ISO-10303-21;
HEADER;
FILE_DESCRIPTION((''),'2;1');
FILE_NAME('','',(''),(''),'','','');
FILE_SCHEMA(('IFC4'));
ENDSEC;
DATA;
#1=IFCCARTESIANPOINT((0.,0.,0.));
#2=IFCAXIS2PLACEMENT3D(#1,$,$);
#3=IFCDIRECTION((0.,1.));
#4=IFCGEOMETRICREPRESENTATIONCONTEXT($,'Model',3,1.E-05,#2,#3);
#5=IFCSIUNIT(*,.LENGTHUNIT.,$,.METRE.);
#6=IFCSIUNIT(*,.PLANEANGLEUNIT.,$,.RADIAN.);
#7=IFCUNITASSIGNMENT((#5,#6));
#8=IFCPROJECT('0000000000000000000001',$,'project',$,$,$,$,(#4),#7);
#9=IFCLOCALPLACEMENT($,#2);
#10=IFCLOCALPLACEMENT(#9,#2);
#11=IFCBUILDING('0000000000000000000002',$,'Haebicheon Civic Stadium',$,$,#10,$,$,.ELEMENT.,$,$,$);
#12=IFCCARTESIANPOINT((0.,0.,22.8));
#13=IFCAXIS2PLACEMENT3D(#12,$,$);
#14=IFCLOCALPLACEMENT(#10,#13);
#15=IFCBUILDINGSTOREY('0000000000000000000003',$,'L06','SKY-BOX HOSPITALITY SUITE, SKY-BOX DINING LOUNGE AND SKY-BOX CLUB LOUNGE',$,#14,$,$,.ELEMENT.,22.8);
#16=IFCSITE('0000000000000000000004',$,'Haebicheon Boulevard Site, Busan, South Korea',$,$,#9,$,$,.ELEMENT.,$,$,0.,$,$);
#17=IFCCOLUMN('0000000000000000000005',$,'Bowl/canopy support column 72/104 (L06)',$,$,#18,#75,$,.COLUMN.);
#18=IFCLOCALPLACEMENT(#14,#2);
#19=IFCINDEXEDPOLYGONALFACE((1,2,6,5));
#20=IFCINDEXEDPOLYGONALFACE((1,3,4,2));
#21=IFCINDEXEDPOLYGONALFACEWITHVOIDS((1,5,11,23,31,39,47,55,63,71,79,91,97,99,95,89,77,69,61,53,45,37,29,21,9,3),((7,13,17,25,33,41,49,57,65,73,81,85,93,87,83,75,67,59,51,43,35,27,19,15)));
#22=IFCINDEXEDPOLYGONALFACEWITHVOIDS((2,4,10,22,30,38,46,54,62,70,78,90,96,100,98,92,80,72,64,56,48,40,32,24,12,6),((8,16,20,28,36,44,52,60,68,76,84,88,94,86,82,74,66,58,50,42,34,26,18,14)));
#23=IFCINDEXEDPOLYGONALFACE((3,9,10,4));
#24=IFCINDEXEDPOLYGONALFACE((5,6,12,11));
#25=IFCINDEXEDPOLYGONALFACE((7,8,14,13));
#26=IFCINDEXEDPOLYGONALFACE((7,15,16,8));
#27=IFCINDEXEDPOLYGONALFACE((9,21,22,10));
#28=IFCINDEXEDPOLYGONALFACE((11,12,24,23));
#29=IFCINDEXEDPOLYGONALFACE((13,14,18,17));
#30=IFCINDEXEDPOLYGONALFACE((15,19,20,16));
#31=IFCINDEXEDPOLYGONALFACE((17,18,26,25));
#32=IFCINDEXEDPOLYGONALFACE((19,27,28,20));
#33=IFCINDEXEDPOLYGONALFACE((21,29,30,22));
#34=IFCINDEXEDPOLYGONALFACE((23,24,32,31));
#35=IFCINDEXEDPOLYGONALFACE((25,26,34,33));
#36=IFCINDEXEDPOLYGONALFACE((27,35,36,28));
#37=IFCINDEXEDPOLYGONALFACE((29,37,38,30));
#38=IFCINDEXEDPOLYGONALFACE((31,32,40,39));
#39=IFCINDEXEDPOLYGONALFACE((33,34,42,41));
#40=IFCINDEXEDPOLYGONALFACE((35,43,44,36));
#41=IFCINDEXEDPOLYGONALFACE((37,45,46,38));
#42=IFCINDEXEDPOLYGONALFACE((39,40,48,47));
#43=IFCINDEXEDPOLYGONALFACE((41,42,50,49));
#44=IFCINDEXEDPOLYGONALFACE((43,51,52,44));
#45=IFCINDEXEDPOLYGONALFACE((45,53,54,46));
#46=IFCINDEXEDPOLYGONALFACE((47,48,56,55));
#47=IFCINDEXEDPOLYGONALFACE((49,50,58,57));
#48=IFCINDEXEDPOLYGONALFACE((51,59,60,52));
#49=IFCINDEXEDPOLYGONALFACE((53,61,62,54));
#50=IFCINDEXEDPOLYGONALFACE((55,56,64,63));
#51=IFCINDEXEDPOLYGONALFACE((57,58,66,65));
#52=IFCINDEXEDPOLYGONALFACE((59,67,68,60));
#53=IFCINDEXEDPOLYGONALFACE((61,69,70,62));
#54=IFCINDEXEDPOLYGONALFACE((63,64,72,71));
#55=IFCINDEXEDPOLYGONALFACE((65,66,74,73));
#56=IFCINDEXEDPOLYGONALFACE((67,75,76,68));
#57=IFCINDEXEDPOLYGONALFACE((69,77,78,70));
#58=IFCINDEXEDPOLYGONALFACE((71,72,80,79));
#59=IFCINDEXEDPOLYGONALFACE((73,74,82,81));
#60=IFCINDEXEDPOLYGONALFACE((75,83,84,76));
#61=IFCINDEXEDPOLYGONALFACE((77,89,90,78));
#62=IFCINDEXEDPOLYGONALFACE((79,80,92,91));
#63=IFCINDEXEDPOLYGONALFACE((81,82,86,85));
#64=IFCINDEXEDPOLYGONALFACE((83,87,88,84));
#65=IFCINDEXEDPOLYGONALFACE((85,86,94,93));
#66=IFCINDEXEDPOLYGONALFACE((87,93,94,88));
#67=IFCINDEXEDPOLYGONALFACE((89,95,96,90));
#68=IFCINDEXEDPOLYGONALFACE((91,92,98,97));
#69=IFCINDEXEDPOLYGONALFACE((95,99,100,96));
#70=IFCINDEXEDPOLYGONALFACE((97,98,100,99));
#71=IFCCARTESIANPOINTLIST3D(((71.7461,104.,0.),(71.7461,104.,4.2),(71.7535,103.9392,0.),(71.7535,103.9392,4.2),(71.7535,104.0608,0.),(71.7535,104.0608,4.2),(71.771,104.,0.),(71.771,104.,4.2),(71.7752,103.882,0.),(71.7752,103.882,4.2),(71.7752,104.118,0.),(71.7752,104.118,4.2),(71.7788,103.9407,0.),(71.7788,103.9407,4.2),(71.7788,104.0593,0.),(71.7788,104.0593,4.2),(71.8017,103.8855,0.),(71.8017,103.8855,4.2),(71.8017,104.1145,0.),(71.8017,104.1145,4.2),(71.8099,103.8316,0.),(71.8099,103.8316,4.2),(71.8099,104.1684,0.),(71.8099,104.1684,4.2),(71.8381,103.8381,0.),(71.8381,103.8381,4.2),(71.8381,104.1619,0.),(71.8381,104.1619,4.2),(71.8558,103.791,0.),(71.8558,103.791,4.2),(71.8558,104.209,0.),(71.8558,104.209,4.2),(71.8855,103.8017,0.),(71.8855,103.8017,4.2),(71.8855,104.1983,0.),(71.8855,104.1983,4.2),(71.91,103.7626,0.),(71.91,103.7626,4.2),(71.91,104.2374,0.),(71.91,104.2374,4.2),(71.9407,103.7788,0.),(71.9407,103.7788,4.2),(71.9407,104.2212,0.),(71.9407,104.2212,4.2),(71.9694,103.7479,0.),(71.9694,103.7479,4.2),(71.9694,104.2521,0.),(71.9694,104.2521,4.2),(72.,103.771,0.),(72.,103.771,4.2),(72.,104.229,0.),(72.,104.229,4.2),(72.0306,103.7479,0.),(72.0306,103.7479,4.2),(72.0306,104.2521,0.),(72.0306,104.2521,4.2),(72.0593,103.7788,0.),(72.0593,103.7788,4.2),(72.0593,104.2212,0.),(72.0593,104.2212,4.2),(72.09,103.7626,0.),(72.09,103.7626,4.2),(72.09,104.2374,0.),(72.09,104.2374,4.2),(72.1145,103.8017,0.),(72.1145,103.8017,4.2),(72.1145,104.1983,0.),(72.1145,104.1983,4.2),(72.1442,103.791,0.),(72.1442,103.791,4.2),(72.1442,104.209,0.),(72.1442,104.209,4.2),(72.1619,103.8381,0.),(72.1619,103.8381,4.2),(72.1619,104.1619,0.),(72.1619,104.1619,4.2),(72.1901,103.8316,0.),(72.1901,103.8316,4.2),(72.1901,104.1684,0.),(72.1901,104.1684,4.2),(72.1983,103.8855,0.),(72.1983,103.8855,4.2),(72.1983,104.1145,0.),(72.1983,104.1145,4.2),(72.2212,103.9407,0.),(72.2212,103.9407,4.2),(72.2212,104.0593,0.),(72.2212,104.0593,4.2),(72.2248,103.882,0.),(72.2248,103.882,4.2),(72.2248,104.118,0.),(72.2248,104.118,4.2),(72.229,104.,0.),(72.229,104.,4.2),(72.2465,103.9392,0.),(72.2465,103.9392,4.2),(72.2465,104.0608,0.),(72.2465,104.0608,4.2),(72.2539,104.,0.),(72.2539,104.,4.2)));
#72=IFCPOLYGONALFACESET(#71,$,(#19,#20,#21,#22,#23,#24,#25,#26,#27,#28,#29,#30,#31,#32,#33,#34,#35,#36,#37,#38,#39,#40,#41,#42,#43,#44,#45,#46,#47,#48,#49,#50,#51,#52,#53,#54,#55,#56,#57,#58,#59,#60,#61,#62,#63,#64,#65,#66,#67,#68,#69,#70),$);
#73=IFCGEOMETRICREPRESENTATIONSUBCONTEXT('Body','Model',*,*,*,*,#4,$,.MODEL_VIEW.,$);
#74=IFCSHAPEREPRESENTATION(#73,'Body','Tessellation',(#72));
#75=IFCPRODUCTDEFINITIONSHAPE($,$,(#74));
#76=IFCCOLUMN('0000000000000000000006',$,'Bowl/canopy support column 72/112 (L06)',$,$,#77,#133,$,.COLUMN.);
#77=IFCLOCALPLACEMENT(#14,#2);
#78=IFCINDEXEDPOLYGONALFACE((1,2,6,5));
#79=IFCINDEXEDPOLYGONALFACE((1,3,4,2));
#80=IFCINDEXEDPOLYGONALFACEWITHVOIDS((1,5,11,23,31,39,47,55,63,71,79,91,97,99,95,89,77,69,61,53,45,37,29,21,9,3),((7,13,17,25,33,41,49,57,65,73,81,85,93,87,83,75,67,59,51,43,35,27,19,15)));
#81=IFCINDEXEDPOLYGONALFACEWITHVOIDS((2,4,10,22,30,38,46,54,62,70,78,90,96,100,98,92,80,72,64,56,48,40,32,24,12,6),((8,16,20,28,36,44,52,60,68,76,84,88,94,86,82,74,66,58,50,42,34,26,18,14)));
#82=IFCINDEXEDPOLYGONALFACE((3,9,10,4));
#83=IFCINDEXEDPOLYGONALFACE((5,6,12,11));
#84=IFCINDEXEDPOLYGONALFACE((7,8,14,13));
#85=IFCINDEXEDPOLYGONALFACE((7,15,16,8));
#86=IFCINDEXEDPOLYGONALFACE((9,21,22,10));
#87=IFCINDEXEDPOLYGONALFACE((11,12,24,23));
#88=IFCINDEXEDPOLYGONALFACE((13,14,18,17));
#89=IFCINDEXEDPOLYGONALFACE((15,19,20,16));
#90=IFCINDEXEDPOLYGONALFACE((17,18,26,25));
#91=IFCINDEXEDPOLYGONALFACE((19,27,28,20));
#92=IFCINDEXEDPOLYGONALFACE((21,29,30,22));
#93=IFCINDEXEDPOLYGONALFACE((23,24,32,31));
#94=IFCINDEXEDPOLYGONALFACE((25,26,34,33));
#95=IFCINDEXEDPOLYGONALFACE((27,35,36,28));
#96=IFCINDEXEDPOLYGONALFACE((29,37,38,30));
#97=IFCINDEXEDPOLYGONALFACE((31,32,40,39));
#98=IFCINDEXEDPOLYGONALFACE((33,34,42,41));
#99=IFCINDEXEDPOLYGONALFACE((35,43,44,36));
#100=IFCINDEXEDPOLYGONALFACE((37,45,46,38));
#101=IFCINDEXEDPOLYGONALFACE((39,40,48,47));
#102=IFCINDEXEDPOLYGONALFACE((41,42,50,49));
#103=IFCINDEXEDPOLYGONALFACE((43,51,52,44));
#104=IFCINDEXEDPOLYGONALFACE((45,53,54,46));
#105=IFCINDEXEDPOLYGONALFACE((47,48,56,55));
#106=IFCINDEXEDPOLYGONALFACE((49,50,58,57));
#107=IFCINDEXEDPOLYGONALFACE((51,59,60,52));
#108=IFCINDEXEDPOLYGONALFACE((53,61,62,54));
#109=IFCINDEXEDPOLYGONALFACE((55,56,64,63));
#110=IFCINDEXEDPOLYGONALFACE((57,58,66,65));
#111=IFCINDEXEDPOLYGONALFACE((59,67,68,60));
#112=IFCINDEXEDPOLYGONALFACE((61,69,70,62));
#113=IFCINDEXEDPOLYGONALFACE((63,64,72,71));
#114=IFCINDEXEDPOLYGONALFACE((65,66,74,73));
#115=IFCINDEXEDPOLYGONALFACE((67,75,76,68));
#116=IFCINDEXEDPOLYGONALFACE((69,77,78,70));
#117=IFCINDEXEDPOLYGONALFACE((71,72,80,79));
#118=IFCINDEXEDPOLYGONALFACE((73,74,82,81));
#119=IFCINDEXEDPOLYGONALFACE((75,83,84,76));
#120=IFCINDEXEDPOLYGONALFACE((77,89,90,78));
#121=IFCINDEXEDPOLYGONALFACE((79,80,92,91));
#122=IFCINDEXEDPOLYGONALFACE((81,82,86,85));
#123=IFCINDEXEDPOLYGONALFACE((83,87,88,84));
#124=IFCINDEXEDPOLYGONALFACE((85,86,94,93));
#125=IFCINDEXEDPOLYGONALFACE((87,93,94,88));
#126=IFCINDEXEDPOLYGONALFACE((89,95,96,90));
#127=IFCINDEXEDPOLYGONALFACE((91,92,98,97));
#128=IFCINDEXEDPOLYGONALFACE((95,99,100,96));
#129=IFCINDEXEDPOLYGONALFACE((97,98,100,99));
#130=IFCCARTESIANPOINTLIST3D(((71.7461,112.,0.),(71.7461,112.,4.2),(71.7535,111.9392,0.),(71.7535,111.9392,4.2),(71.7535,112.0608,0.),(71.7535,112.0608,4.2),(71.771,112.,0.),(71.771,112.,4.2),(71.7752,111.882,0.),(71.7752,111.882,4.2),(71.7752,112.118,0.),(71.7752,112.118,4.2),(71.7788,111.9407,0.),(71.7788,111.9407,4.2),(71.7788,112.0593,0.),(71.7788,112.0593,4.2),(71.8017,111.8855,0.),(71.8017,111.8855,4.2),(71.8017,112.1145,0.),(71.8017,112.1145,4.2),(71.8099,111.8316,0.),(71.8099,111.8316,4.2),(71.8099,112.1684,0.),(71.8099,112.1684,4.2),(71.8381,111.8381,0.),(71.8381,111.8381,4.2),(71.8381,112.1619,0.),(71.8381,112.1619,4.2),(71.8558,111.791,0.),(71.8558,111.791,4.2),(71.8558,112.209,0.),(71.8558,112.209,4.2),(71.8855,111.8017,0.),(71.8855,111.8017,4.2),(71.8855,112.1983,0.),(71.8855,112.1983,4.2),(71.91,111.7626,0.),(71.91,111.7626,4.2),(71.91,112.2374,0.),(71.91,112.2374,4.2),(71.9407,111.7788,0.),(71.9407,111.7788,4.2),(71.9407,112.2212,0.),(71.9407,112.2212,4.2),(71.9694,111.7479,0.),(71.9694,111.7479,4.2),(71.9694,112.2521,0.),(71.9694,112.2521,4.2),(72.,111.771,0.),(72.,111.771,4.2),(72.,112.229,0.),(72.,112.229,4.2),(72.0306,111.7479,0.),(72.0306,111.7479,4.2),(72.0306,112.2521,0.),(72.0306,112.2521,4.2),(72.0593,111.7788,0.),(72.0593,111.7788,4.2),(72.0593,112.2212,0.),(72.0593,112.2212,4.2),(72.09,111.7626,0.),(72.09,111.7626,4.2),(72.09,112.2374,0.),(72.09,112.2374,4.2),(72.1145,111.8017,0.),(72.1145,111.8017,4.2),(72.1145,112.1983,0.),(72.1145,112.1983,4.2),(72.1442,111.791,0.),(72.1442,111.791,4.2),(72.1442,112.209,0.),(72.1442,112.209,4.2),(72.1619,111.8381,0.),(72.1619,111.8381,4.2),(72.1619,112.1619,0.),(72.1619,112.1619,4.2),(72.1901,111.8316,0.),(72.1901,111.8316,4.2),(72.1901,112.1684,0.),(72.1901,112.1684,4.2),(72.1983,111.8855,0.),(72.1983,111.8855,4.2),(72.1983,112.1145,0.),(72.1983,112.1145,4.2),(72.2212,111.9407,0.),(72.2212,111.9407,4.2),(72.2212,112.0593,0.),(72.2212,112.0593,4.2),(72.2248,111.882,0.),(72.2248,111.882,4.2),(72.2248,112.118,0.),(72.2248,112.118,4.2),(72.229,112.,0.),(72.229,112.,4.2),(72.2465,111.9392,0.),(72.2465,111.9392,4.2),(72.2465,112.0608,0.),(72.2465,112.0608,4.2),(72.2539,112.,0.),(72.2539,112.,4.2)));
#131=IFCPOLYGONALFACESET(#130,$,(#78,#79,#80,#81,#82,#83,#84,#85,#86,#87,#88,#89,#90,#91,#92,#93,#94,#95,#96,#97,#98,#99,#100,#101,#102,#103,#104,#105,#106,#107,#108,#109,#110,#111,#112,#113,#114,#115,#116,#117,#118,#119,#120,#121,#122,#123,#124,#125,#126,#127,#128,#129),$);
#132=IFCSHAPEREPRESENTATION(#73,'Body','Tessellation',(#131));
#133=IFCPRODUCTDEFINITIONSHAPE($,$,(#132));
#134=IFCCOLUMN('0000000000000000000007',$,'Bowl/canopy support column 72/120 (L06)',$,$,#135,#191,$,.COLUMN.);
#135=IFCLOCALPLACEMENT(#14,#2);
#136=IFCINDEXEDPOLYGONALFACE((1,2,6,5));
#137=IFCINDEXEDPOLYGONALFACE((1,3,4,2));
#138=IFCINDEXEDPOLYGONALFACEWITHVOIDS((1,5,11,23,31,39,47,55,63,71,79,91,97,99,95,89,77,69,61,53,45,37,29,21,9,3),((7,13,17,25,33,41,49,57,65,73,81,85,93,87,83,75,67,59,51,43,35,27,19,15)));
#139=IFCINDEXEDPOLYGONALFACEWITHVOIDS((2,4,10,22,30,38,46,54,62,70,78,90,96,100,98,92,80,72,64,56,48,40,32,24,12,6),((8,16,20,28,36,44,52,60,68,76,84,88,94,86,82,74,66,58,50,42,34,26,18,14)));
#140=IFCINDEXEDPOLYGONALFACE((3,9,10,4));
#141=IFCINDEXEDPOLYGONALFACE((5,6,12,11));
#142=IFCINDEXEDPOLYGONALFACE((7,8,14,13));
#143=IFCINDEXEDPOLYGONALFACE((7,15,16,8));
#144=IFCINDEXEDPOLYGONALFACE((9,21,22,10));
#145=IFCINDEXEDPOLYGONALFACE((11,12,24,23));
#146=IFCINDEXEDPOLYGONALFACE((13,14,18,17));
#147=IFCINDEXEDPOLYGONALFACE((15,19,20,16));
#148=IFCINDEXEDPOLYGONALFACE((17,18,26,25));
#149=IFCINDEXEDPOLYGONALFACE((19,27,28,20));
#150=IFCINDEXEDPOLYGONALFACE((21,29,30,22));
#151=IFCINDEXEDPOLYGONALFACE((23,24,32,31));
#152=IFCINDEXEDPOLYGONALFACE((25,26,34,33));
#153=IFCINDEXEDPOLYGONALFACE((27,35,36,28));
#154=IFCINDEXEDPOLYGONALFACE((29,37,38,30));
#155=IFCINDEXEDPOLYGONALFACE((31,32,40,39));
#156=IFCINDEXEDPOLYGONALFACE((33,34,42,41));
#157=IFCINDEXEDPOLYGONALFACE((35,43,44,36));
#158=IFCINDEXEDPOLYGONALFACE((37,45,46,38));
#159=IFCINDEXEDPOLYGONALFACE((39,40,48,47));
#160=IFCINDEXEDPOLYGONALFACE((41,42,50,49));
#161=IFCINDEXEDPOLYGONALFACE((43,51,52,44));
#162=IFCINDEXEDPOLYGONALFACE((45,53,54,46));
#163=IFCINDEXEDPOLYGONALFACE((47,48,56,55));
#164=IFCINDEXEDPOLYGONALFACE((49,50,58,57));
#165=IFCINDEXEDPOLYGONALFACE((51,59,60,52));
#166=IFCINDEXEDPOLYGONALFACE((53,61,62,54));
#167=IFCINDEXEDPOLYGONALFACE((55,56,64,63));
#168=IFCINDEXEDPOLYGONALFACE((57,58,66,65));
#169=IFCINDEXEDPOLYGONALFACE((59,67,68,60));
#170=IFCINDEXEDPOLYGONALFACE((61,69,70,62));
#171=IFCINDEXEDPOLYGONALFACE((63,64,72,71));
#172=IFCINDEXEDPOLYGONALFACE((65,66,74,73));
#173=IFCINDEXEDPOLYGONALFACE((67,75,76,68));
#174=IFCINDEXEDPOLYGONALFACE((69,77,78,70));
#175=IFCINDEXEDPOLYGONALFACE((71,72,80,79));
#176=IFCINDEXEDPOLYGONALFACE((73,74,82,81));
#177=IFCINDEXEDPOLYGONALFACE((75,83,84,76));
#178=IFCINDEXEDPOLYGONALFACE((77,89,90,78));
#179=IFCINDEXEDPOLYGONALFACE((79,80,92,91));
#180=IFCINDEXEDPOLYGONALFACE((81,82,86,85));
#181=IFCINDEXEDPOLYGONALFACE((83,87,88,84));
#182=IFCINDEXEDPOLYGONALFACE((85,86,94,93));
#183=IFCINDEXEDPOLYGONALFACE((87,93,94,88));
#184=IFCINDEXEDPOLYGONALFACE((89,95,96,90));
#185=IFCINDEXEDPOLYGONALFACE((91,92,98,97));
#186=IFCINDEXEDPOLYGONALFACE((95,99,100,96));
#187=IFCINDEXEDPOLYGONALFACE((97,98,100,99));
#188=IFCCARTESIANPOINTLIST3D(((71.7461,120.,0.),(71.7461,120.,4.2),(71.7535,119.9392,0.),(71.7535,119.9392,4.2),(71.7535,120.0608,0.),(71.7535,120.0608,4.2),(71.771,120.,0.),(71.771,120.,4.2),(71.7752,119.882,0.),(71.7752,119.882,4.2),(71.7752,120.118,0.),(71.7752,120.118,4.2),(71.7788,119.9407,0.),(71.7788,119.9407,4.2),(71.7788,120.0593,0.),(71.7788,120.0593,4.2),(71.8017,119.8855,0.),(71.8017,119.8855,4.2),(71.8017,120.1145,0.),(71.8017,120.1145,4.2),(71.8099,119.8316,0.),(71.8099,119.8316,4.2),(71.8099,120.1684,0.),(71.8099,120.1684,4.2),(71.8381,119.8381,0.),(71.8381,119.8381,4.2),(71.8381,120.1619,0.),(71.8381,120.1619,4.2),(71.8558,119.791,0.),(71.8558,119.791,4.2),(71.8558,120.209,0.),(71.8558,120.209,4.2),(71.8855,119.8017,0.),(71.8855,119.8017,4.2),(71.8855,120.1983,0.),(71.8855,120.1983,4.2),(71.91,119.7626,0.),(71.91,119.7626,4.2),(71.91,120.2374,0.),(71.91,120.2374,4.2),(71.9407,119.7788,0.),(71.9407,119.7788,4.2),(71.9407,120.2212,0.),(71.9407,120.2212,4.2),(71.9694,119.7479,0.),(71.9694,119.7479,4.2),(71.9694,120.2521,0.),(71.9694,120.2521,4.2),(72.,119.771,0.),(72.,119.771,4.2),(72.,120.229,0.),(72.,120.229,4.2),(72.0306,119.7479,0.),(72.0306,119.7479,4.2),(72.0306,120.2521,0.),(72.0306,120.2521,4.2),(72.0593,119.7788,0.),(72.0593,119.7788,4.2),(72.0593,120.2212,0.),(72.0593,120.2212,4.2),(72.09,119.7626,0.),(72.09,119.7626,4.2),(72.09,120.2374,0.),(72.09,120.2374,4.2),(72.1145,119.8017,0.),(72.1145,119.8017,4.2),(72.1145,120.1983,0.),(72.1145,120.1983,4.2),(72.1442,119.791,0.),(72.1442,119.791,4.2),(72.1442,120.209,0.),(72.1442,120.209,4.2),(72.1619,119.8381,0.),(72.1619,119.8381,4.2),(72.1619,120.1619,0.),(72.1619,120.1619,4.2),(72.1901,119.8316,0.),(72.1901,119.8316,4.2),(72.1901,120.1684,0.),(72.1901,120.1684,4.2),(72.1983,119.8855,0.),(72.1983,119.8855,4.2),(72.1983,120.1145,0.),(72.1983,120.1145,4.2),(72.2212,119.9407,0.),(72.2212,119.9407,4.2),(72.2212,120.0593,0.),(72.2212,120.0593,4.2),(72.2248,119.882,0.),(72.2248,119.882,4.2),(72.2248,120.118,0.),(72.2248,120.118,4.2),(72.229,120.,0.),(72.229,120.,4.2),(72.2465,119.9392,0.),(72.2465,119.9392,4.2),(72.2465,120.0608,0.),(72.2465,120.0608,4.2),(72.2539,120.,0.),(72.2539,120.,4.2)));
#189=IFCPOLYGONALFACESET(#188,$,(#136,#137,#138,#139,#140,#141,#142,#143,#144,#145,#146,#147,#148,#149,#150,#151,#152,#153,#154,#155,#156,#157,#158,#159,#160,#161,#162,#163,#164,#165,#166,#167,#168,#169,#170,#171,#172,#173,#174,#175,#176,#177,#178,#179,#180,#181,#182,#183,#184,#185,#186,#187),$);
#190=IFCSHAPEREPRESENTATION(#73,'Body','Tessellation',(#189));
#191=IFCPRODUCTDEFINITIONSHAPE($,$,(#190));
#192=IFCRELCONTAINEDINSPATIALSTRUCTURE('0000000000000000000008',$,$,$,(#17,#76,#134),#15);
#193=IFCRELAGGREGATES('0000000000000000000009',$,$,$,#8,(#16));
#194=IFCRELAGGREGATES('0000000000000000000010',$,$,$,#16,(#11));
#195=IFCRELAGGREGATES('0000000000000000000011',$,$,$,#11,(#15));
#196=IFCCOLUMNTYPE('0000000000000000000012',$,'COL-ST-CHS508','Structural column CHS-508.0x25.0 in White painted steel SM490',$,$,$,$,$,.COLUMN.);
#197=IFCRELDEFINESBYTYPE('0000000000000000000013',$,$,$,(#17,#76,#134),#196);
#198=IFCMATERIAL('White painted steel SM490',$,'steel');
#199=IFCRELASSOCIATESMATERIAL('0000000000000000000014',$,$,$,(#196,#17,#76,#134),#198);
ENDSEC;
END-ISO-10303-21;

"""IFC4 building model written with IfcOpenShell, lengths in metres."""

from ifc_helpers import new_model, si_unit, direction, frame, origin, origin_2d, place, context, subcontext, project, spatial, hollow_circle, extrude, material, material_profile, profile_set, type_object, element, save


model = new_model("IFC4")

# Units and contexts
model_context = context("Model", 3, precision=1e-05, world=origin(), true_north=direction((0.0, 1.0)))
body_context = subcontext(model_context, "Body", "Model", "MODEL_VIEW")
ifc_project = project(units=[si_unit("LENGTHUNIT", "METRE"), si_unit("PLANEANGLEUNIT", "RADIAN")], contexts=[model_context])

# Site, building, storey
site_placement = place(None, origin())
site = spatial("IfcSite", under=ifc_project, at=site_placement, Name="Haebicheon Boulevard Site, Busan, South Korea", CompositionType="ELEMENT", RefElevation=0.0)
building_placement = place(site_placement, origin())
building = spatial("IfcBuilding", under=site, at=building_placement, Name="Haebicheon Civic Stadium", CompositionType="ELEMENT")
storey_placement = place(building_placement, frame((0.0, 0.0, 22.8)))
storey = spatial("IfcBuildingStorey", under=building, at=storey_placement, Name="L06", Description="SKY-BOX HOSPITALITY SUITE, SKY-BOX DINING LOUNGE AND SKY-BOX CLUB LOUNGE", CompositionType="ELEMENT", Elevation=22.8)

# Columns
ifc_material_1 = material(Name="White painted steel SM490", Category="steel")
ifc_material_profile_1 = material_profile(ifc_material_1, hollow_circle(Radius=0.2539, WallThickness=0.0249, at=origin_2d()), Name="CHS-508.0x25.0")
ifc_profile_set_1 = profile_set([ifc_material_profile_1], Name="White painted steel SM490")
column_type = type_object("IfcColumnType", Name="COL-ST-CHS508", Description="Structural column CHS-508.0x25.0 in White painted steel SM490", PredefinedType="COLUMN", material=ifc_profile_set_1)
for number, where, z_axis, x_axis, name in (
    (1, (72.0, 104.0, 0.0), (0.0, 0.0, 1.0), (1.0, 0.0, 0.0), "Bowl/canopy support column 72/104 (L06)"),
    (2, (72.0, 112.0, 0.0), (0.0, 0.0, 1.0), (1.0, 0.0, 0.0), "Bowl/canopy support column 72/112 (L06)"),
    (3, (72.0, 120.0, 0.0), (0.0, 0.0, 1.0), (1.0, 0.0, 0.0), "Bowl/canopy support column 72/120 (L06)"),
):
    element("IfcColumn", number, at=place(storey_placement, frame(where, z_axis=z_axis, x_axis=x_axis)), inside=storey, type_object=column_type, material=ifc_profile_set_1, Name=name, PredefinedType="COLUMN", context=body_context, shape_type="SweptSolid", body=[
        extrude(hollow_circle(Radius=0.2539, WallThickness=0.0249, at=origin_2d()), origin(), (0.0, 0.0, 1.0), 4.2),
    ])

save(model, "model.ifc")
